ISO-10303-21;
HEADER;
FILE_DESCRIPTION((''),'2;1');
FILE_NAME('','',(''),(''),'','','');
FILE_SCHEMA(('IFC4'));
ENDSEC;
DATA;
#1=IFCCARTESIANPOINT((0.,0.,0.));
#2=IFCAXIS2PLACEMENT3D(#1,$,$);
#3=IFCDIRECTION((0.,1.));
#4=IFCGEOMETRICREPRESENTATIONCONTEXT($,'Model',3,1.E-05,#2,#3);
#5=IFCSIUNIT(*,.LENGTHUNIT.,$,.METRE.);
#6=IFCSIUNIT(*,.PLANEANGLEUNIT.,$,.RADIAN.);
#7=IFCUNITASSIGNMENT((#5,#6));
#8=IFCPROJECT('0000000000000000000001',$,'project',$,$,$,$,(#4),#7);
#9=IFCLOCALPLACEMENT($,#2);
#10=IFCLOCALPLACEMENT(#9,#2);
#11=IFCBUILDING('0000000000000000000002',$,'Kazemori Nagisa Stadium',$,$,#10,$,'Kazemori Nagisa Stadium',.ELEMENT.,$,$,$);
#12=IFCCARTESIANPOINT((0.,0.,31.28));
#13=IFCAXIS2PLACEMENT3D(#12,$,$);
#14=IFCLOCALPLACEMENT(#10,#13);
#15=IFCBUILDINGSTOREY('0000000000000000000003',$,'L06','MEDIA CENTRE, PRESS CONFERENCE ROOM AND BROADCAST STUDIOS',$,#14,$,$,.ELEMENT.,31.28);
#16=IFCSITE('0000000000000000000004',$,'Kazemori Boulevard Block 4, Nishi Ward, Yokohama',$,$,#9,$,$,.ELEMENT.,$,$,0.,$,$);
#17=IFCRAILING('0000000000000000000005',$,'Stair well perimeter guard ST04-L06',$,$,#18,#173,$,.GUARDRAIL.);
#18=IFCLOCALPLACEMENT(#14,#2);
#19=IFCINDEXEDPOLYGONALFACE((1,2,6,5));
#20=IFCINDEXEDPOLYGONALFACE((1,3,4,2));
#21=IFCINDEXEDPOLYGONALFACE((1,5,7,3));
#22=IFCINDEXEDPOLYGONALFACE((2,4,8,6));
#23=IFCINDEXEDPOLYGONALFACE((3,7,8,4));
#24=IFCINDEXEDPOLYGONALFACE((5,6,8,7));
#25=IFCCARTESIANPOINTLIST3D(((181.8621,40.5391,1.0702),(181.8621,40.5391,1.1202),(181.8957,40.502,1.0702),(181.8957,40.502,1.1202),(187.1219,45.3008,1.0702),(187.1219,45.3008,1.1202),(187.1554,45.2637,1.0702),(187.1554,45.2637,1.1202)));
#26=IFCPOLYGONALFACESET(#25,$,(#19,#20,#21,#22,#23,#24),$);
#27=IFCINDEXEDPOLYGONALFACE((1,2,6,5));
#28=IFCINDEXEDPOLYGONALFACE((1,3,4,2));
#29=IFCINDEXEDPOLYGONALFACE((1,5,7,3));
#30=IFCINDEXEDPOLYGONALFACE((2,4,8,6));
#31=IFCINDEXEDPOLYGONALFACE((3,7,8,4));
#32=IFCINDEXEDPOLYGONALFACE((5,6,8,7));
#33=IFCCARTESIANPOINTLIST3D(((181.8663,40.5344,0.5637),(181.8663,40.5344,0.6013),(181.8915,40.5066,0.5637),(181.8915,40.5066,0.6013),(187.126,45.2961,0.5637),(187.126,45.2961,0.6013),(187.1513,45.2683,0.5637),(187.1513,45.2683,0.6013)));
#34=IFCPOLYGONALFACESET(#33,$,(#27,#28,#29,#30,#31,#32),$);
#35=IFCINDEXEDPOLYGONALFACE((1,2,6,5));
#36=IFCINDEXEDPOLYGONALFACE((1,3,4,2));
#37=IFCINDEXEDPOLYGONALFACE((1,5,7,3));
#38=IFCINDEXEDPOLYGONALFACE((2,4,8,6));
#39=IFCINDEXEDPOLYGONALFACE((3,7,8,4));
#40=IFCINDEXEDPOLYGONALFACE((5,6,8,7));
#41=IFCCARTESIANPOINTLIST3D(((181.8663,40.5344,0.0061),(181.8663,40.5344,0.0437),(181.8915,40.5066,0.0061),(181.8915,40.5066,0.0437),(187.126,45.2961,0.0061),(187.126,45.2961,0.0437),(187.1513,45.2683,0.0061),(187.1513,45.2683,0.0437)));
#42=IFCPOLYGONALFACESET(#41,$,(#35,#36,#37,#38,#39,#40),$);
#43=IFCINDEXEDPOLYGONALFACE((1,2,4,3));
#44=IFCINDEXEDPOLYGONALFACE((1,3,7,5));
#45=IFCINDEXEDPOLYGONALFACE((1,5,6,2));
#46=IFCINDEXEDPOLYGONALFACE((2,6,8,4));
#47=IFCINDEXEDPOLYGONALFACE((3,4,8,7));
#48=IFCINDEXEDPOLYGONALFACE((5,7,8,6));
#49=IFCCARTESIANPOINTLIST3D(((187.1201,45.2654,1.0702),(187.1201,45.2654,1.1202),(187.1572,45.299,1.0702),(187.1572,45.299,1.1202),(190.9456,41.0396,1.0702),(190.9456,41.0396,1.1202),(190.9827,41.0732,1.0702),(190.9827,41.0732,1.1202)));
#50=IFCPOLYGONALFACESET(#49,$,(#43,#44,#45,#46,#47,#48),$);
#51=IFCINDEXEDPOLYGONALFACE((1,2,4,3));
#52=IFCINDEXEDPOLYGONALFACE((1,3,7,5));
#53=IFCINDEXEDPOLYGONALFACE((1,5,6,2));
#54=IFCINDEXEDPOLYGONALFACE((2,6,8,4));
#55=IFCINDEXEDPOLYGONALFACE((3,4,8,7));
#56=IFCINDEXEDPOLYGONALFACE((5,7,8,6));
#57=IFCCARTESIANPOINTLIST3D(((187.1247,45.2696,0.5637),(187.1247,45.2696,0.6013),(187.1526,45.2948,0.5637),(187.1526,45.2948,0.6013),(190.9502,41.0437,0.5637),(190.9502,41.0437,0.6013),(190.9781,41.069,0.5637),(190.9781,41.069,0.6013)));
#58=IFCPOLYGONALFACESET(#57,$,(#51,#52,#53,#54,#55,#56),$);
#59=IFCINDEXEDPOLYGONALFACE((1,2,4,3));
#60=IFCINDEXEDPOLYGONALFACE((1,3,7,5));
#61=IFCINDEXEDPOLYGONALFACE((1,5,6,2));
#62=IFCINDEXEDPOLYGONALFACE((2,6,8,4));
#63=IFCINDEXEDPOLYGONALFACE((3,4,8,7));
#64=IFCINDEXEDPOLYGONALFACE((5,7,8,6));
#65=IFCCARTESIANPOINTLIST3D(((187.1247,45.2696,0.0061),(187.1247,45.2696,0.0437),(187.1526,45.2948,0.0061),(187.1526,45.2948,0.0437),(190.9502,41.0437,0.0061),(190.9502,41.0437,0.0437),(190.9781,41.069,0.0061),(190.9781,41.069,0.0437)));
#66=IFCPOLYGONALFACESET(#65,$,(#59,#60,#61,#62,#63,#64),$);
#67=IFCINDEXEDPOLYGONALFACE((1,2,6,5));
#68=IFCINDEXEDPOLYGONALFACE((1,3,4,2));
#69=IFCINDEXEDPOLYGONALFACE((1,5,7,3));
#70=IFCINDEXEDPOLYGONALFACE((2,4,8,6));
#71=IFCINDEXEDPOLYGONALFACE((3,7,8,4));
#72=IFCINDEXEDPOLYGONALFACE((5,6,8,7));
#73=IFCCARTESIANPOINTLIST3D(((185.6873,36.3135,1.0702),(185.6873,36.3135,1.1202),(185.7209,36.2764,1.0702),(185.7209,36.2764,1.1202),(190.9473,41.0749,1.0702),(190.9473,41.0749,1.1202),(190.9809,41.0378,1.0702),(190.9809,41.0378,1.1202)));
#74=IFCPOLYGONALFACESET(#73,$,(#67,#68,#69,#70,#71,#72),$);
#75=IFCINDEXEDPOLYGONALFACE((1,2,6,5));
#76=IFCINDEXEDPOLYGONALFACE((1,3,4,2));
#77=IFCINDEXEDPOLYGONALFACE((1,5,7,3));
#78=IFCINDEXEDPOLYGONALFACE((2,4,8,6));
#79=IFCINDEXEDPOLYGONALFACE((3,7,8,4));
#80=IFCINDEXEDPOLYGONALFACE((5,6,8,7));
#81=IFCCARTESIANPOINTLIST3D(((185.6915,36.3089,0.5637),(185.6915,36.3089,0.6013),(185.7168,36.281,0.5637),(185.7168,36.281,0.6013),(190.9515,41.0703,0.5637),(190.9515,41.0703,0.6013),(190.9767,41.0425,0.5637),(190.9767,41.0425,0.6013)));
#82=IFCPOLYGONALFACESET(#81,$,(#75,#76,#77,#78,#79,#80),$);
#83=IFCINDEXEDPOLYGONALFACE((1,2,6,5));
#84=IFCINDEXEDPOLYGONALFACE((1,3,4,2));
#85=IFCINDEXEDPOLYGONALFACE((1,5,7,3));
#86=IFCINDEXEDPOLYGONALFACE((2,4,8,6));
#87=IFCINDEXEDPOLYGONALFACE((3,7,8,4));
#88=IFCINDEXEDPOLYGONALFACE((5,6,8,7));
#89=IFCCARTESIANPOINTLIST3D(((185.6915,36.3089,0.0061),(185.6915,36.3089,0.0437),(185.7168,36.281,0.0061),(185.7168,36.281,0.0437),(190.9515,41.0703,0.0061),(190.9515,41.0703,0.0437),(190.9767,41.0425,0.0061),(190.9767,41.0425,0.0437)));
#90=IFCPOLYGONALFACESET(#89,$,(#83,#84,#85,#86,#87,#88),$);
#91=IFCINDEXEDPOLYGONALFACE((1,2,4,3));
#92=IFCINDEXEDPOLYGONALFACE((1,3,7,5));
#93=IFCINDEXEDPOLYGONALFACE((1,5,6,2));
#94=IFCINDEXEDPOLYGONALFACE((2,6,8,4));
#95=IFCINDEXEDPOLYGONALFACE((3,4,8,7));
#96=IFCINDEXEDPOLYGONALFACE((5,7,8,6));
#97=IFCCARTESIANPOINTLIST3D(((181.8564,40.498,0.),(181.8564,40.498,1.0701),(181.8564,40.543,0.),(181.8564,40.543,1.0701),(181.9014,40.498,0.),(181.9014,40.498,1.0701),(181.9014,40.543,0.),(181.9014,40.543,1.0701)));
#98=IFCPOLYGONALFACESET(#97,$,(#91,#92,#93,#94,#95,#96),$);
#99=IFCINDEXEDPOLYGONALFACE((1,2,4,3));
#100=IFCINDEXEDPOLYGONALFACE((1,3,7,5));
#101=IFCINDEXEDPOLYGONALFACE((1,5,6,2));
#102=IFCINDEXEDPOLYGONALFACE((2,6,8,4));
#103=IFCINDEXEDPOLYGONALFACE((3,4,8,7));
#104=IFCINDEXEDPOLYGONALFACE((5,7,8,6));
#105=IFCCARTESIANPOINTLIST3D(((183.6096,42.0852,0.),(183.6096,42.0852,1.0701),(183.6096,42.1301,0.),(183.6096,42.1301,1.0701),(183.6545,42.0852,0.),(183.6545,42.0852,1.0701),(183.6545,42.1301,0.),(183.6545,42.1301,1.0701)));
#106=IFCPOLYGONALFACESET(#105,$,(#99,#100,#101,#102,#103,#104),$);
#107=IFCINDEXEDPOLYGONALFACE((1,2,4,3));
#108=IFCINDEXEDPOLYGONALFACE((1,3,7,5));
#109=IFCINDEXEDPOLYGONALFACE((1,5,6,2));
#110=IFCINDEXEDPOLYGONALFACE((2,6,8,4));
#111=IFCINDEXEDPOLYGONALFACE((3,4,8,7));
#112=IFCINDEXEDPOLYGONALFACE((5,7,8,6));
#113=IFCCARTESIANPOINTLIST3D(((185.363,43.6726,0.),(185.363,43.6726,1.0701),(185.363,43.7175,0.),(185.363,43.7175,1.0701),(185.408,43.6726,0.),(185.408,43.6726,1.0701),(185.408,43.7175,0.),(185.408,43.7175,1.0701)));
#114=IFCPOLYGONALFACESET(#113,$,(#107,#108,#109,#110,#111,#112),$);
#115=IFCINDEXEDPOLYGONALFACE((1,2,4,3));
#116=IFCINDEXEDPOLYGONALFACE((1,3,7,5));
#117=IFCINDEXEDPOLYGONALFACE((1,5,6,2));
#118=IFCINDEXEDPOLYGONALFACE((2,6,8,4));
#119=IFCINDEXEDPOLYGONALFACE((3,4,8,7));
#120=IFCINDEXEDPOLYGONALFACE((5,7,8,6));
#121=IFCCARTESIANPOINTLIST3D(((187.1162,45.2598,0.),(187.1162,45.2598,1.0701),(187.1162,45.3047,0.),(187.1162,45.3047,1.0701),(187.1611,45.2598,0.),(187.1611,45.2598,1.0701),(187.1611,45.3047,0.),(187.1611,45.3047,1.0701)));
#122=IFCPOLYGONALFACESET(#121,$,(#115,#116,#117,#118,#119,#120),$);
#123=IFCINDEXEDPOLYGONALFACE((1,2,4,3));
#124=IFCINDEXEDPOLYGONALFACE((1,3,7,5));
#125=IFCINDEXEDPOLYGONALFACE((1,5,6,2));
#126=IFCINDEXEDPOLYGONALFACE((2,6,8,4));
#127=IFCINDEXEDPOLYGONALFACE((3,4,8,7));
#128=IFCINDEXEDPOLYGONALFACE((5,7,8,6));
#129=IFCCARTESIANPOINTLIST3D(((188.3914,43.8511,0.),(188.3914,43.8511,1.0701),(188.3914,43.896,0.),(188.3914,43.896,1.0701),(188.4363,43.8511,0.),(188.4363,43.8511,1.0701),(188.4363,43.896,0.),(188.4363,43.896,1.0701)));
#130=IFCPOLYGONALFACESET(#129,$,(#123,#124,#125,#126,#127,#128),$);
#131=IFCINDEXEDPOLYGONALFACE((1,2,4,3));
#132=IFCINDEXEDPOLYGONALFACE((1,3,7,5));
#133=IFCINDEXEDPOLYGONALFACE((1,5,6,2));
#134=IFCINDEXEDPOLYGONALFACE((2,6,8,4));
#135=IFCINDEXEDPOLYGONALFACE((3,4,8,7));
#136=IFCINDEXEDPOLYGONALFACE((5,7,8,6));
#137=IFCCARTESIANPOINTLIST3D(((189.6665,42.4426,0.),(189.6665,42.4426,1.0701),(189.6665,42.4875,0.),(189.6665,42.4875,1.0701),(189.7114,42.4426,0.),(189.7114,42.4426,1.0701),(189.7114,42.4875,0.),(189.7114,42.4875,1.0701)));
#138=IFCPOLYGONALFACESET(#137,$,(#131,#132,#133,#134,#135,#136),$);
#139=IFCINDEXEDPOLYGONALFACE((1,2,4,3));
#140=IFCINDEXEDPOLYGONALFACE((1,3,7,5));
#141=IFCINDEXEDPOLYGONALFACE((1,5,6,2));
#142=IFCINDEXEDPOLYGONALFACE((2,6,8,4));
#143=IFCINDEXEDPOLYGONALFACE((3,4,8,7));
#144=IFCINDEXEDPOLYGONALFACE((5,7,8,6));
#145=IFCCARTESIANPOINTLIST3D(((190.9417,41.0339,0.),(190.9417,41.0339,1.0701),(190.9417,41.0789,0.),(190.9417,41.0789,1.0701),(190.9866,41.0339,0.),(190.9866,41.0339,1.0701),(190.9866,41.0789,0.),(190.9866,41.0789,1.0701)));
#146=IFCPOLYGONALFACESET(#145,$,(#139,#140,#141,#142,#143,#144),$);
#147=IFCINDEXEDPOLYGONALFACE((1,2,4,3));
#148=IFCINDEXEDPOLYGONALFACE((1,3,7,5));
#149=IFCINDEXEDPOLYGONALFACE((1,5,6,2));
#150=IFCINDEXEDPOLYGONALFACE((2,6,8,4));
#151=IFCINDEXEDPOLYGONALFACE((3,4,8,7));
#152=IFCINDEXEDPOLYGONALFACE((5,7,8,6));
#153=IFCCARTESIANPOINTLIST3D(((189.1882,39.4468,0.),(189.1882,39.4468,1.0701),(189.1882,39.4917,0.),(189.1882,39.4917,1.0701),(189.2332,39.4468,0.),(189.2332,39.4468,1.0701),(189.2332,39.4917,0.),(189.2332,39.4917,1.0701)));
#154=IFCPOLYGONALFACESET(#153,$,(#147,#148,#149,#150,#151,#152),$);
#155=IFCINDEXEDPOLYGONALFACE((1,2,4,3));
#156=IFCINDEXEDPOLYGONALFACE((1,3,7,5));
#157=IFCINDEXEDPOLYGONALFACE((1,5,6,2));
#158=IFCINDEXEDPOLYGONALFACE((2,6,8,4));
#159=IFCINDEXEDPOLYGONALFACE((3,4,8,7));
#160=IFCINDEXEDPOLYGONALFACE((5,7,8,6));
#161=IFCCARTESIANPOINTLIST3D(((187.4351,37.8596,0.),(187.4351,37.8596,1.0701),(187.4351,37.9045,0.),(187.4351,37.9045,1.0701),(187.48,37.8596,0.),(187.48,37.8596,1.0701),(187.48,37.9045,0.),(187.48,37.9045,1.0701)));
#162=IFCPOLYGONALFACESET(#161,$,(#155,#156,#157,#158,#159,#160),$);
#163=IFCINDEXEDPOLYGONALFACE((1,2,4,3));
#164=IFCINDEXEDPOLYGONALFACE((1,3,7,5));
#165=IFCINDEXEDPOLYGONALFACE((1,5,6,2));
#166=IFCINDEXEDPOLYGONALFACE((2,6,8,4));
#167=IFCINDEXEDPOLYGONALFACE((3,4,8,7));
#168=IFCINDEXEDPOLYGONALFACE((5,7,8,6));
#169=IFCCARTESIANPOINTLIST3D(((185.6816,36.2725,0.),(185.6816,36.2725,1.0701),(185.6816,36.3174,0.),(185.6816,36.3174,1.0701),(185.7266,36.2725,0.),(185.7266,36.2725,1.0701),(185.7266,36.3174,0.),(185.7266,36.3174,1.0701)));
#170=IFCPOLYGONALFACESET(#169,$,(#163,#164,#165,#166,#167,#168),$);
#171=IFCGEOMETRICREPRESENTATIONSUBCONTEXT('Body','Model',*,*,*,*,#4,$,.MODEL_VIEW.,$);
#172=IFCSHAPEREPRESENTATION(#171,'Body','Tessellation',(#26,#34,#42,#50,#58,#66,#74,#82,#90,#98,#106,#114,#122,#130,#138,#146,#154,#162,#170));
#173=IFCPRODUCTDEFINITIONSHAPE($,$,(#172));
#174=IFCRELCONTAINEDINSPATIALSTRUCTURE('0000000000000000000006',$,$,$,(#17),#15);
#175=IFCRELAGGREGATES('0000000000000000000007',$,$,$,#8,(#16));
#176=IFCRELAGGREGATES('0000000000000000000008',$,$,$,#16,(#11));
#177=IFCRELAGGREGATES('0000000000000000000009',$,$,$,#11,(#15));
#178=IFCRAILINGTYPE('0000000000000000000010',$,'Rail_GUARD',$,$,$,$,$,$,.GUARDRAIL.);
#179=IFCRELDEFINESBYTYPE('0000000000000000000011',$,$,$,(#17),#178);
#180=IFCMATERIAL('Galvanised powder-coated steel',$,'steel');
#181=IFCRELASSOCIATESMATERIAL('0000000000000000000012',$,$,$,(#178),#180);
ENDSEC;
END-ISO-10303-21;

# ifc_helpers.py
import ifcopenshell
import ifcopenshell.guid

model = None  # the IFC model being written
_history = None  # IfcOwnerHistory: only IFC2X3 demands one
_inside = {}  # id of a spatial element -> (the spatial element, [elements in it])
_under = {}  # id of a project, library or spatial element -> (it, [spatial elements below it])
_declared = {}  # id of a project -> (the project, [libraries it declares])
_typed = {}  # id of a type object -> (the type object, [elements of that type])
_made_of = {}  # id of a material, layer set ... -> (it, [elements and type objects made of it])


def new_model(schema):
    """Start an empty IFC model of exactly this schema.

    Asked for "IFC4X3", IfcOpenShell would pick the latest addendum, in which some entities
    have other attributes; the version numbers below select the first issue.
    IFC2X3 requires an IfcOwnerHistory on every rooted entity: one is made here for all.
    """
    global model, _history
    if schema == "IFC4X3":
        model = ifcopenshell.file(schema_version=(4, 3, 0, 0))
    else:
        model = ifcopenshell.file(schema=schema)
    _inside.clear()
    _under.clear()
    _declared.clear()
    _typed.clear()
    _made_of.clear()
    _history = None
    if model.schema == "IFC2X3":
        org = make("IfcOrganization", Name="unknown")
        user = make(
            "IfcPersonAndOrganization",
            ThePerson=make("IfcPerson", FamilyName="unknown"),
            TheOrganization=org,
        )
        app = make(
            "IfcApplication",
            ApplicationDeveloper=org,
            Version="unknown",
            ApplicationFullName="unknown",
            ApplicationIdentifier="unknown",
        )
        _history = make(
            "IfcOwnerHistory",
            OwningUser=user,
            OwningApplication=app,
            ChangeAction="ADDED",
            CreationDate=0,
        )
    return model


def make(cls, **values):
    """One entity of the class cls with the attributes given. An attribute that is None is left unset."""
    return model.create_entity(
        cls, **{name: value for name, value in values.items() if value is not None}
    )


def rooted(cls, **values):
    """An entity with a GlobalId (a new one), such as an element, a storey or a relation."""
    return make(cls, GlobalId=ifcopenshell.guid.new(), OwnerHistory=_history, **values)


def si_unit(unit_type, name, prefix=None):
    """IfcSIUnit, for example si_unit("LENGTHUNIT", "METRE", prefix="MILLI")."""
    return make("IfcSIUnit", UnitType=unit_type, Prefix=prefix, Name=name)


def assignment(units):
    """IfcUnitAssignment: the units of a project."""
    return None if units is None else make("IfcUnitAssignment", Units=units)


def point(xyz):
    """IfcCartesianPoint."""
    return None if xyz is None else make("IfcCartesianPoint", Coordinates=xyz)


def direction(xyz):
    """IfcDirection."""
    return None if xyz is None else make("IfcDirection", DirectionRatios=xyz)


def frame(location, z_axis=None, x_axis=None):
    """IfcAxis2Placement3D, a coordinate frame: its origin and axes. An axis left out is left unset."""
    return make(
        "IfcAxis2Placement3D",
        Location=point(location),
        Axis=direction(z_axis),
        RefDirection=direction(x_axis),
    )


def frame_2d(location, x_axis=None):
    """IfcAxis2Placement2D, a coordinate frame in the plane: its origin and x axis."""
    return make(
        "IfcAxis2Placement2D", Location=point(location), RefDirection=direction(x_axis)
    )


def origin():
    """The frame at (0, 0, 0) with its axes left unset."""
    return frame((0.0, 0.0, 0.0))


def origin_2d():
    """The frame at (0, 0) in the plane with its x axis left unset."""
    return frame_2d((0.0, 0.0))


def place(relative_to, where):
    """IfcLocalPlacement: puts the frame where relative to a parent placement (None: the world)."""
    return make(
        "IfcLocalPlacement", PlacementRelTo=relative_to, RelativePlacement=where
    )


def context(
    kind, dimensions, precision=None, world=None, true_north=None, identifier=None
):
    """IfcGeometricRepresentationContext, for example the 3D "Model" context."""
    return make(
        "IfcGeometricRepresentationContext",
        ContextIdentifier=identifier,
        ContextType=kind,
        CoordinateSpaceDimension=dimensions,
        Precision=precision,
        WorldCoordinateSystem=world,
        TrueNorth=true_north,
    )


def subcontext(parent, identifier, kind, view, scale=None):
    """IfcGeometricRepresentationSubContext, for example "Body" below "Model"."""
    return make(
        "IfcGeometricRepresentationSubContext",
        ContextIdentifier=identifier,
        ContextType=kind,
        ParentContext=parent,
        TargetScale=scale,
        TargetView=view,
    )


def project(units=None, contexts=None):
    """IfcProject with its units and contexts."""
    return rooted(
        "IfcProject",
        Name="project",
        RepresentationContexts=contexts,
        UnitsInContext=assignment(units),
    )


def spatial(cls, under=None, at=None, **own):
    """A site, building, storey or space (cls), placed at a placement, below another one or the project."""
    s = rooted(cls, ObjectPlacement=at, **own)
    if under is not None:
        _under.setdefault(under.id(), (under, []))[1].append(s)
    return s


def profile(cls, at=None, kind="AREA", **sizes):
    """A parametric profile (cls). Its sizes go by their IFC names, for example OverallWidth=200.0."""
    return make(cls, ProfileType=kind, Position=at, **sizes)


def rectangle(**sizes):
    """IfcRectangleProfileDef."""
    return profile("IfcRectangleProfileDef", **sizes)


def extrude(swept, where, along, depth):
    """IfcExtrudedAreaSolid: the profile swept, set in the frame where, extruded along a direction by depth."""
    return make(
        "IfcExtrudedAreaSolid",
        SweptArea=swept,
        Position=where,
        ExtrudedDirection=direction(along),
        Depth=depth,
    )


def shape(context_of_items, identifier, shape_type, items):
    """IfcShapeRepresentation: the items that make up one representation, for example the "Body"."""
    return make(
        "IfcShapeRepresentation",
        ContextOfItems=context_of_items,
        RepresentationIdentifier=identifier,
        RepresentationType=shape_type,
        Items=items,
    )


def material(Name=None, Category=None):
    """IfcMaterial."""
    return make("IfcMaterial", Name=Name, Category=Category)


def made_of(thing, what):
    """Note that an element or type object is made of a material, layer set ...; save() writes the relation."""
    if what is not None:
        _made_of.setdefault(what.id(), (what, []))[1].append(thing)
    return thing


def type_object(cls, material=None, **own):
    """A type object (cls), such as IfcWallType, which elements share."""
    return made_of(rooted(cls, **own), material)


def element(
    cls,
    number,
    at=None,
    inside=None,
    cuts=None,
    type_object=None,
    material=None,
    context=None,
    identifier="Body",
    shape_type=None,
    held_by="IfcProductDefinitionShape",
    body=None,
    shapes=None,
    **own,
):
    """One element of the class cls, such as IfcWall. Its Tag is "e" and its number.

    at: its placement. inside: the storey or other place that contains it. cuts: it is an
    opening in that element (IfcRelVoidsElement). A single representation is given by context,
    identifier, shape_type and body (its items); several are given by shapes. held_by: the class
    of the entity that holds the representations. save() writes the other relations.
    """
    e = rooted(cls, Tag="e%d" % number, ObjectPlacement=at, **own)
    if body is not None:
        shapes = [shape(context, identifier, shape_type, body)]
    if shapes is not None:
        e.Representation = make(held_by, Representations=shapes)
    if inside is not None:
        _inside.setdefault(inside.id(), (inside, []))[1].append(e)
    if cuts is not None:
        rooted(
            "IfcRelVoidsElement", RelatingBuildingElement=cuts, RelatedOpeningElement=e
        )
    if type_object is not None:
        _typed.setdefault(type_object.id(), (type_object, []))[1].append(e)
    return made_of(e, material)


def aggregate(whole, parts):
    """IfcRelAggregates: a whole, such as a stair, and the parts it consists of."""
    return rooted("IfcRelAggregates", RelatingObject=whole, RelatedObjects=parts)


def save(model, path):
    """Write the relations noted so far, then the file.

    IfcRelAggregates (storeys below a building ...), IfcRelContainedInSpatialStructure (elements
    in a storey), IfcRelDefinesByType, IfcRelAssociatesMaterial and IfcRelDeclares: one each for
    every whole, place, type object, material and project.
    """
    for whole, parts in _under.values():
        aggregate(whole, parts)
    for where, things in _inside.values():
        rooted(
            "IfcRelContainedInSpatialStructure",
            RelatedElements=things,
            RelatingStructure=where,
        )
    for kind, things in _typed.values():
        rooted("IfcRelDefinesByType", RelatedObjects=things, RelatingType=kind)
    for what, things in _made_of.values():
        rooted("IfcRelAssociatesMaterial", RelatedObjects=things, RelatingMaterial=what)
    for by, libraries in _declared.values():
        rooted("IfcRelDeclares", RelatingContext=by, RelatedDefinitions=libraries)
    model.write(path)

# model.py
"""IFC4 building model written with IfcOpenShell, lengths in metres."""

from ifc_helpers import new_model, si_unit, direction, frame, origin, origin_2d, place, context, subcontext, project, spatial, rectangle, extrude, material, type_object, element, save


model = new_model("IFC4")

# Units and contexts
model_context = context("Model", 3, precision=1e-05, world=origin(), true_north=direction((0.0, 1.0)))
body_context = subcontext(model_context, "Body", "Model", "MODEL_VIEW")
ifc_project = project(units=[si_unit("LENGTHUNIT", "METRE"), si_unit("PLANEANGLEUNIT", "RADIAN")], contexts=[model_context])

# Site, building, storey
site_placement = place(None, origin())
site = spatial("IfcSite", under=ifc_project, at=site_placement, Name="Kazemori Boulevard Block 4, Nishi Ward, Yokohama", CompositionType="ELEMENT", RefElevation=0.0)
building_placement = place(site_placement, origin())
building = spatial("IfcBuilding", under=site, at=building_placement, Name="Kazemori Nagisa Stadium", LongName="Kazemori Nagisa Stadium", CompositionType="ELEMENT")
storey_placement = place(building_placement, frame((0.0, 0.0, 31.28)))
storey = spatial("IfcBuildingStorey", under=building, at=storey_placement, Name="L06", Description="MEDIA CENTRE, PRESS CONFERENCE ROOM AND BROADCAST STUDIOS", CompositionType="ELEMENT", Elevation=31.28)

# Railing
ifc_material_1 = material(Name="Galvanised powder-coated steel", Category="steel")
railing_type_1 = type_object("IfcRailingType", Name="Rail_GUARD", PredefinedType="GUARDRAIL", material=ifc_material_1)
railing_1_placement = place(storey_placement, frame((181.8789, 40.5205, 0.0)))
element("IfcRailing", 1, at=railing_1_placement, inside=storey, type_object=railing_type_1, Name="Stair well perimeter guard ST04-L06", PredefinedType="GUARDRAIL", context=body_context, shape_type="SweptSolid", body=[
    extrude(rectangle(XDim=0.05, YDim=0.05, at=origin_2d()), frame((0.0, 0.0, 1.0952), z_axis=(0.741334, 0.671137, 0.0), x_axis=(-0.671137, 0.741334, 0.0)), (0.0, 0.0, 1.0), 7.095),
    extrude(rectangle(XDim=0.0376, YDim=0.0376, at=origin_2d()), frame((0.0, 0.0, 0.5825), z_axis=(0.741334, 0.671137, 0.0), x_axis=(-0.671137, 0.741334, 0.0)), (0.0, 0.0, 1.0), 7.095),
    extrude(rectangle(XDim=0.0376, YDim=0.0376, at=origin_2d()), frame((0.0, 0.0, 0.0249), z_axis=(0.741334, 0.671137, 0.0), x_axis=(-0.671137, 0.741334, 0.0)), (0.0, 0.0, 1.0), 7.095),
    extrude(rectangle(XDim=0.05, YDim=0.05, at=origin_2d()), frame((5.2598, 4.7617, 1.0952), z_axis=(0.671113, -0.741355, 0.0), x_axis=(0.741355, 0.671113, 0.0)), (0.0, 0.0, 1.0), 5.7002),
    extrude(rectangle(XDim=0.0376, YDim=0.0376, at=origin_2d()), frame((5.2598, 4.7617, 0.5825), z_axis=(0.671113, -0.741355, 0.0), x_axis=(0.741355, 0.671113, 0.0)), (0.0, 0.0, 1.0), 5.7002),
    extrude(rectangle(XDim=0.0376, YDim=0.0376, at=origin_2d()), frame((5.2598, 4.7617, 0.0249), z_axis=(0.671113, -0.741355, 0.0), x_axis=(0.741355, 0.671113, 0.0)), (0.0, 0.0, 1.0), 5.7002),
    extrude(rectangle(XDim=0.05, YDim=0.05, at=origin_2d()), frame((9.0852, 0.5359, 1.0952), z_axis=(-0.741366, -0.671101, 0.0), x_axis=(0.671101, -0.741366, 0.0)), (0.0, 0.0, 1.0), 7.095),
    extrude(rectangle(XDim=0.0376, YDim=0.0376, at=origin_2d()), frame((9.0852, 0.5359, 0.5825), z_axis=(-0.741366, -0.671101, 0.0), x_axis=(0.671101, -0.741366, 0.0)), (0.0, 0.0, 1.0), 7.095),
    extrude(rectangle(XDim=0.0376, YDim=0.0376, at=origin_2d()), frame((9.0852, 0.5359, 0.0249), z_axis=(-0.741366, -0.671101, 0.0), x_axis=(0.671101, -0.741366, 0.0)), (0.0, 0.0, 1.0), 7.095),
    extrude(rectangle(XDim=0.0449, YDim=0.0449, at=origin_2d()), origin(), (0.0, 0.0, 1.0), 1.0701),
    extrude(rectangle(XDim=0.0449, YDim=0.0449, at=origin_2d()), frame((1.7532, 1.5872, 0.0)), (0.0, 0.0, 1.0), 1.0701),
    extrude(rectangle(XDim=0.0449, YDim=0.0449, at=origin_2d()), frame((3.5066, 3.1746, 0.0)), (0.0, 0.0, 1.0), 1.0701),
    extrude(rectangle(XDim=0.0449, YDim=0.0449, at=origin_2d()), frame((5.2598, 4.7617, 0.0)), (0.0, 0.0, 1.0), 1.0701),
    extrude(rectangle(XDim=0.0449, YDim=0.0449, at=origin_2d()), frame((6.5349, 3.353, 0.0)), (0.0, 0.0, 1.0), 1.0701),
    extrude(rectangle(XDim=0.0449, YDim=0.0449, at=origin_2d()), frame((7.8101, 1.9446, 0.0)), (0.0, 0.0, 1.0), 1.0701),
    extrude(rectangle(XDim=0.0449, YDim=0.0449, at=origin_2d()), frame((9.0852, 0.5359, 0.0)), (0.0, 0.0, 1.0), 1.0701),
    extrude(rectangle(XDim=0.0449, YDim=0.0449, at=origin_2d()), frame((7.3318, -1.0513, 0.0)), (0.0, 0.0, 1.0), 1.0701),
    extrude(rectangle(XDim=0.0449, YDim=0.0449, at=origin_2d()), frame((5.5786, -2.6384, 0.0)), (0.0, 0.0, 1.0), 1.0701),
    extrude(rectangle(XDim=0.0449, YDim=0.0449, at=origin_2d()), frame((3.8252, -4.2256, 0.0)), (0.0, 0.0, 1.0), 1.0701),
])

save(model, "model.ifc")
